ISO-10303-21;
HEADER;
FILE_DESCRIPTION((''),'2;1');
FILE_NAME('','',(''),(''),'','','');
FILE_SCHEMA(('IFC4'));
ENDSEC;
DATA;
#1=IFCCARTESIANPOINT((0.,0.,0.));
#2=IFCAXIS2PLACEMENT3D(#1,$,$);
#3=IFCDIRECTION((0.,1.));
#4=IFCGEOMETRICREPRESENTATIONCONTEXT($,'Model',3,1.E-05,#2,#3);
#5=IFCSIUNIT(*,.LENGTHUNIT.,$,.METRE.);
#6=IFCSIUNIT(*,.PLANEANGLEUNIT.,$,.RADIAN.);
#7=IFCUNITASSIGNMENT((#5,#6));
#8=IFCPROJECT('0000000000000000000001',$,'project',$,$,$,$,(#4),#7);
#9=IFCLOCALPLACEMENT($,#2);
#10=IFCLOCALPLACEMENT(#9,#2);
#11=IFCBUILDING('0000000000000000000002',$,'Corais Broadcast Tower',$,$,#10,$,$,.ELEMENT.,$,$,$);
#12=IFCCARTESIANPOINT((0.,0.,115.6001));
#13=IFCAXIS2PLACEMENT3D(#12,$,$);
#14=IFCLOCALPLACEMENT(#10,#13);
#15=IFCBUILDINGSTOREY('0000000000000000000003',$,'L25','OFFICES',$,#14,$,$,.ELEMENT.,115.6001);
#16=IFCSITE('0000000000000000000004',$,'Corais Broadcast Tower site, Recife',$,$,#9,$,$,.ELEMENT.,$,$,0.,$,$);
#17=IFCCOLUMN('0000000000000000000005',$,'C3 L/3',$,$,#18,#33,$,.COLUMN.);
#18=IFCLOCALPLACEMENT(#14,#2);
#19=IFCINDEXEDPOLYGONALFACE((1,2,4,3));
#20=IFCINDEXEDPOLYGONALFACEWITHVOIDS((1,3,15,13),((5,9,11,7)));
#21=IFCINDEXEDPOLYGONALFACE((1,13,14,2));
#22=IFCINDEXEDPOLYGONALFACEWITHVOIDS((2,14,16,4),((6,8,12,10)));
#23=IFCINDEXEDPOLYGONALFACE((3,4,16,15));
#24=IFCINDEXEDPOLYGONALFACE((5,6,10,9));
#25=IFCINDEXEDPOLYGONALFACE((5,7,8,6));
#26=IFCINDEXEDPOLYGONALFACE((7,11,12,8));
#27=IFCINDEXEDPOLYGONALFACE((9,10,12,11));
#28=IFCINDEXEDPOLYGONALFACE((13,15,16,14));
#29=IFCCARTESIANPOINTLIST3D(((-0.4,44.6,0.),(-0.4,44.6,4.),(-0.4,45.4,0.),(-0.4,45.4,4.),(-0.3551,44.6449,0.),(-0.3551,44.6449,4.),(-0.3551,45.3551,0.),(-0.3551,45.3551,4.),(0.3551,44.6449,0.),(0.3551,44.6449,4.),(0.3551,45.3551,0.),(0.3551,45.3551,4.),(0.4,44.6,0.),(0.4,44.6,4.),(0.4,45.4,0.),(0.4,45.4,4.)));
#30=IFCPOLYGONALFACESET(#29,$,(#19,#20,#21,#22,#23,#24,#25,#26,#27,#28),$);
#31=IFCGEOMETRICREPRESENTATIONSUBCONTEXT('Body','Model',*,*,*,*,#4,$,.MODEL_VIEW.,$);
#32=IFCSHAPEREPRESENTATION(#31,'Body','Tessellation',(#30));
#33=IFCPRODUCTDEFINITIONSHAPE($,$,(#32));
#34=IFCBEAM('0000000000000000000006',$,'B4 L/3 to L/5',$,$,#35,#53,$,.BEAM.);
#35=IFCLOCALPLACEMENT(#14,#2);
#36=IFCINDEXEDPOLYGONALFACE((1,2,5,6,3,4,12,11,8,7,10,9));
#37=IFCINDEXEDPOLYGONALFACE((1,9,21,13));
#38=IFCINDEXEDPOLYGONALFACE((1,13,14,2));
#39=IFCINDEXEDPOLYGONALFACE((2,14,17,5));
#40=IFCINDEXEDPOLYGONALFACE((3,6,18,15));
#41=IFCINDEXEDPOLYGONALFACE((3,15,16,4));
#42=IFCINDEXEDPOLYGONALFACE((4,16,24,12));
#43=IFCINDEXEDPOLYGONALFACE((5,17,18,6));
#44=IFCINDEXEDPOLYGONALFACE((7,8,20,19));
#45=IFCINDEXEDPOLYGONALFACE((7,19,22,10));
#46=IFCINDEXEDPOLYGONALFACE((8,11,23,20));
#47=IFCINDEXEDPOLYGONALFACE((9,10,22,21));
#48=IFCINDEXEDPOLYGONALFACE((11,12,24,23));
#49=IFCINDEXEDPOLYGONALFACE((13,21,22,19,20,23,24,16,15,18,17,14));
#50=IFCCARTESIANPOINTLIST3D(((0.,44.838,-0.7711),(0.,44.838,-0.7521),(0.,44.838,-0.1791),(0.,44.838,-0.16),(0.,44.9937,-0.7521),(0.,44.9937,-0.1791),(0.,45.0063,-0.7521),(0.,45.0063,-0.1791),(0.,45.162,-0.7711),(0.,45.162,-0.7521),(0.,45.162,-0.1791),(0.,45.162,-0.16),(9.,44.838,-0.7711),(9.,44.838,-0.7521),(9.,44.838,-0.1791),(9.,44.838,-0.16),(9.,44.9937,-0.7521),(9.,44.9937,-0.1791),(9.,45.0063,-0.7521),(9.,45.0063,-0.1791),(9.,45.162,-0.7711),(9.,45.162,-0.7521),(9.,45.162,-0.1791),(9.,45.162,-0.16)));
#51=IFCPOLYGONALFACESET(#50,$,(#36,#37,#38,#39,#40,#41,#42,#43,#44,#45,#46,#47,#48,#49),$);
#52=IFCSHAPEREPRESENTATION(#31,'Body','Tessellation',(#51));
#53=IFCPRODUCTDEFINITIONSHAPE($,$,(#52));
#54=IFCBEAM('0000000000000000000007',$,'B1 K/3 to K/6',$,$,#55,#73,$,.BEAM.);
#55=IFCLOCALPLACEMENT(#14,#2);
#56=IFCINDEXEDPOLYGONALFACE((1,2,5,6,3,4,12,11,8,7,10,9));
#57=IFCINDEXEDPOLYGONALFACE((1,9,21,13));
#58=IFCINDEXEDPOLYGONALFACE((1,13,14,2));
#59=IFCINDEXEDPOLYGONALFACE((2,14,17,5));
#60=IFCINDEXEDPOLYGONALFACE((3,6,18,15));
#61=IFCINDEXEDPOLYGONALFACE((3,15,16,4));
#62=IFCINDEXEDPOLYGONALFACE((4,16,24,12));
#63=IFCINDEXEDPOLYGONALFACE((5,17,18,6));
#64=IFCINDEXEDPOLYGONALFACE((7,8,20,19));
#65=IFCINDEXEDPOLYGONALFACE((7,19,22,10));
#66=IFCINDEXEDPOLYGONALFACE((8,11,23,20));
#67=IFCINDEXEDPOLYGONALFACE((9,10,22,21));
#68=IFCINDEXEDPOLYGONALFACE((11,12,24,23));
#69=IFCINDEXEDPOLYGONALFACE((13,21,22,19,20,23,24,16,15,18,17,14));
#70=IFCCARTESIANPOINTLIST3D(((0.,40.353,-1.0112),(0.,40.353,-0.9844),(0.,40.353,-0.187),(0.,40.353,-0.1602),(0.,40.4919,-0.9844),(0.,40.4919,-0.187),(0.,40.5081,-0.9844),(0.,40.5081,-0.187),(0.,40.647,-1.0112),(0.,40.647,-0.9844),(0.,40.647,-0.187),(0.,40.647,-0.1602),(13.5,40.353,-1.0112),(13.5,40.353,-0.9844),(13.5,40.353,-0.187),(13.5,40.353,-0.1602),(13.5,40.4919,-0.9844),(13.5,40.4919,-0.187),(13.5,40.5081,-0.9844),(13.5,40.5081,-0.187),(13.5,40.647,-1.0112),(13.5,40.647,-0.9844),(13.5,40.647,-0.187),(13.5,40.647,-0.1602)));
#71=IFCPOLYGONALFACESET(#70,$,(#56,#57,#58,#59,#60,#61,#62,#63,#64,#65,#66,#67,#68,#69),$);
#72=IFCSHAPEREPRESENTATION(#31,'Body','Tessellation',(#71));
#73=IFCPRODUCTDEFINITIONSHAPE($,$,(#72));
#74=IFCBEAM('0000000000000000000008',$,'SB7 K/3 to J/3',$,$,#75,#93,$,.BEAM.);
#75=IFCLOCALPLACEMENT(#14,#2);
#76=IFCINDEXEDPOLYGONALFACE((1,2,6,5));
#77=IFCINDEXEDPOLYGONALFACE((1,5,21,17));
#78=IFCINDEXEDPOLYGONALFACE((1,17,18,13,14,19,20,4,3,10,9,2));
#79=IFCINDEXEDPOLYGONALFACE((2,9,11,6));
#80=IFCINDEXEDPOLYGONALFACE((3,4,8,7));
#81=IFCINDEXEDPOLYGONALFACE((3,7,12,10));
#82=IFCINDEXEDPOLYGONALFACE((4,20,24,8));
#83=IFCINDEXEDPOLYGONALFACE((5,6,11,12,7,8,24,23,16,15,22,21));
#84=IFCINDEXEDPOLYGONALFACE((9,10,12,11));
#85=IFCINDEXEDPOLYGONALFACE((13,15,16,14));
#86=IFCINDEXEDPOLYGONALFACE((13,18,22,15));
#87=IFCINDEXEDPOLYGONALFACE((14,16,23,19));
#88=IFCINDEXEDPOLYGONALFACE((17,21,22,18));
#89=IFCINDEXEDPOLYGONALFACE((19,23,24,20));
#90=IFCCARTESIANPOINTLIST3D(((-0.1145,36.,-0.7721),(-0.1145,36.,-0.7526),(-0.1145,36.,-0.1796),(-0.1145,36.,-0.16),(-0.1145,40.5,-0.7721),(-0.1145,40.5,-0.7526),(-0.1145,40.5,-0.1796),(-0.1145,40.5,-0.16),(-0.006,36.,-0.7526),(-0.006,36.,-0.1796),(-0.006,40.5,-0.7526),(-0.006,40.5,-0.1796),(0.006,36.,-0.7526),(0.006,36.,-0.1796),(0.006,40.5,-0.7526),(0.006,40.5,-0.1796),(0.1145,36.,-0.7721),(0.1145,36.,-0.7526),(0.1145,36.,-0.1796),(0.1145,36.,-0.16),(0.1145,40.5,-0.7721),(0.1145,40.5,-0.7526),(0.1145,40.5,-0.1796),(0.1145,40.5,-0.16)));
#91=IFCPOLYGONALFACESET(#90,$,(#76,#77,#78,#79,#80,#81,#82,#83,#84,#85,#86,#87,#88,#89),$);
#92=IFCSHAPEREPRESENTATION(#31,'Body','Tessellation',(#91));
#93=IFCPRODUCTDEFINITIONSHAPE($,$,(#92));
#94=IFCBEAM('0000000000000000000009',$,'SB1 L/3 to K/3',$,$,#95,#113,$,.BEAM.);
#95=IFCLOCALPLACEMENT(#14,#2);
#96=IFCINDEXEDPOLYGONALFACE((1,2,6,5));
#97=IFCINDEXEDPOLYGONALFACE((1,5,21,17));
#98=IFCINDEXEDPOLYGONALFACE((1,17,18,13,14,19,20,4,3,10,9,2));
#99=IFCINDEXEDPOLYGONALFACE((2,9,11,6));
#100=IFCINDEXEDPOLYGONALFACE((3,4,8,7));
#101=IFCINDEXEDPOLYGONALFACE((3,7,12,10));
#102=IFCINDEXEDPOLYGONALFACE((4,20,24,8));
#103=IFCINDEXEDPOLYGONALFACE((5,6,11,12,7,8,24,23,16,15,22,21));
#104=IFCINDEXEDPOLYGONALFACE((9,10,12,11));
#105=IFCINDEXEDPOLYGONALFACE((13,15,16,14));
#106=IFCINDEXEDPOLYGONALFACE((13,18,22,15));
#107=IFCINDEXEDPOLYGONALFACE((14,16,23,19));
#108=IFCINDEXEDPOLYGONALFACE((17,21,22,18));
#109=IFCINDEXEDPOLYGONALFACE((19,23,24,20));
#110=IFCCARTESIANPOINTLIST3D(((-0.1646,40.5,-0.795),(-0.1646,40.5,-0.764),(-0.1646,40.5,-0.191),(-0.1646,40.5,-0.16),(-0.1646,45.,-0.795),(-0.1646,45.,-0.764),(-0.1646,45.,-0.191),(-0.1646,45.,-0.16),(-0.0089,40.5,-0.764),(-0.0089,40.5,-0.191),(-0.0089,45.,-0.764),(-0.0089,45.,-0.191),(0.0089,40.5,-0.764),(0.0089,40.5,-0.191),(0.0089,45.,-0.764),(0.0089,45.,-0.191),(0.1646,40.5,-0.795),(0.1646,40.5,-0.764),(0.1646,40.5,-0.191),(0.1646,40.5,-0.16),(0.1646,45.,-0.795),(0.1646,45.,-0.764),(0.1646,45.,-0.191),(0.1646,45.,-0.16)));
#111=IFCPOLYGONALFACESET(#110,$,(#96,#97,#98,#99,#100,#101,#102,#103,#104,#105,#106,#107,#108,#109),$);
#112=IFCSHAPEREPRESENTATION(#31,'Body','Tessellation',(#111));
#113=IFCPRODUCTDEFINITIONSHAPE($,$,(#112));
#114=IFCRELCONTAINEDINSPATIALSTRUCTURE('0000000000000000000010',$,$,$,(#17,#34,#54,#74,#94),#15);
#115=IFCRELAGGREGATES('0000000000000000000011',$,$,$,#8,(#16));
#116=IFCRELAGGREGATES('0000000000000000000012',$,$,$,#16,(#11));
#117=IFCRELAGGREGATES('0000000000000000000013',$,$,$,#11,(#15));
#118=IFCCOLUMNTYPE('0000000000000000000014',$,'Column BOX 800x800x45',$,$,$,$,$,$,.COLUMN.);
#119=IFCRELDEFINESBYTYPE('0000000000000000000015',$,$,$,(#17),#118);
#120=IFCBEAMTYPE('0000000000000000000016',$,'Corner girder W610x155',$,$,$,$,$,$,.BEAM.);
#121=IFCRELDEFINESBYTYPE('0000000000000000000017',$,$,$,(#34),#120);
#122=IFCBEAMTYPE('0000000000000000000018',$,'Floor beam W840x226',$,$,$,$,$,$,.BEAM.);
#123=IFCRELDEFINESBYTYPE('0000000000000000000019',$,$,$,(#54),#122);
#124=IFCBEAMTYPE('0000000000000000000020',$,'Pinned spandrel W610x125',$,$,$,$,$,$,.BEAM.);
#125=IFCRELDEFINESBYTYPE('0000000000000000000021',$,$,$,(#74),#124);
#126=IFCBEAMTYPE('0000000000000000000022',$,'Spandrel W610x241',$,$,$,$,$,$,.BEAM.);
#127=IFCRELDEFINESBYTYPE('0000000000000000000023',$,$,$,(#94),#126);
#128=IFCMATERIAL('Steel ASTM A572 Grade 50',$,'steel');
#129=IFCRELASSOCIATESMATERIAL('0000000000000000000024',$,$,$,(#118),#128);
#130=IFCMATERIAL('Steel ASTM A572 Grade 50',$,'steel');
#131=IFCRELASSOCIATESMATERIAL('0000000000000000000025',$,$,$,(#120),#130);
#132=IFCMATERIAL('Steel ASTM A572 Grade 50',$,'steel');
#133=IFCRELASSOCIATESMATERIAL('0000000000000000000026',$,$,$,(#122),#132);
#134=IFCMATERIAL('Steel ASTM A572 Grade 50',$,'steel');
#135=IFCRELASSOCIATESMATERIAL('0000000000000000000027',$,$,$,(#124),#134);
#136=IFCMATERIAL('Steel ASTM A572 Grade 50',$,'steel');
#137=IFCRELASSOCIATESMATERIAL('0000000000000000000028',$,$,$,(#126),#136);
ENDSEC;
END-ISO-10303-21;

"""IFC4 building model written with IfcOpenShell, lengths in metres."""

from ifc_helpers import new_model, si_unit, direction, frame, origin, origin_2d, place, context, subcontext, project, spatial, hollow_rectangle, i_section, extrude, material, material_profile, profile_set, type_object, element, save


model = new_model("IFC4")

# Units and contexts
model_context = context("Model", 3, precision=1e-05, world=origin(), true_north=direction((0.0, 1.0)))
body_context = subcontext(model_context, "Body", "Model", "MODEL_VIEW")
ifc_project = project(units=[si_unit("LENGTHUNIT", "METRE"), si_unit("PLANEANGLEUNIT", "RADIAN")], contexts=[model_context])

# Site, building, storey
site_placement = place(None, origin())
site = spatial("IfcSite", under=ifc_project, at=site_placement, Name="Corais Broadcast Tower site, Recife", CompositionType="ELEMENT", RefElevation=0.0)
building_placement = place(site_placement, origin())
building = spatial("IfcBuilding", under=site, at=building_placement, Name="Corais Broadcast Tower", CompositionType="ELEMENT")
storey_placement = place(building_placement, frame((0.0, 0.0, 115.6001)))
storey = spatial("IfcBuildingStorey", under=building, at=storey_placement, Name="L25", Description="OFFICES", CompositionType="ELEMENT", Elevation=115.6001)

# Column
ifc_material_1 = material(Name="Steel ASTM A572 Grade 50", Category="steel")
ifc_material_profile_1 = material_profile(ifc_material_1, hollow_rectangle(XDim=0.8, YDim=0.8, WallThickness=0.0449, at=origin_2d()), Name="BOX 800x800x45")
ifc_profile_set_1 = profile_set([ifc_material_profile_1], Name="Steel ASTM A572 Grade 50")
column_type = type_object("IfcColumnType", Name="Column BOX 800x800x45", PredefinedType="COLUMN", material=ifc_profile_set_1)
column_placement = place(storey_placement, frame((0.0, 45.0, 0.0), z_axis=(0.0, 0.0, 1.0), x_axis=(1.0, 0.0, 0.0)))
element("IfcColumn", 1, at=column_placement, inside=storey, type_object=column_type, Name="C3 L/3", PredefinedType="COLUMN", context=body_context, shape_type="SweptSolid", body=[
    extrude(hollow_rectangle(XDim=0.8, YDim=0.8, WallThickness=0.0449, at=origin_2d()), origin(), (0.0, 0.0, 1.0), 4.0),
])

# Beams
ifc_material_2 = material(Name="Steel ASTM A572 Grade 50", Category="steel")
ifc_material_profile_2 = material_profile(ifc_material_2, i_section(OverallWidth=0.324, OverallDepth=0.6111, WebThickness=0.0127, FlangeThickness=0.019, at=origin_2d()), Name="W610x155")
ifc_profile_set_2 = profile_set([ifc_material_profile_2], Name="Steel ASTM A572 Grade 50")
beam_type_1 = type_object("IfcBeamType", Name="Corner girder W610x155", PredefinedType="BEAM", material=ifc_profile_set_2)
beam_1_placement = place(storey_placement, frame((0.0, 45.0, -0.4656), z_axis=(1.0, 0.0, 0.0), x_axis=(0.0, 1.0, 0.0)))
element("IfcBeam", 2, at=beam_1_placement, inside=storey, type_object=beam_type_1, Name="B4 L/3 to L/5", PredefinedType="BEAM", context=body_context, shape_type="SweptSolid", body=[
    extrude(i_section(OverallWidth=0.324, OverallDepth=0.6111, WebThickness=0.0127, FlangeThickness=0.019, at=origin_2d()), origin(), (0.0, 0.0, 1.0), 9.0),
])
ifc_material_3 = material(Name="Steel ASTM A572 Grade 50", Category="steel")
ifc_material_profile_3 = material_profile(ifc_material_3, i_section(OverallWidth=0.2939, OverallDepth=0.8511, WebThickness=0.0161, FlangeThickness=0.0269, at=origin_2d()), Name="W840x226")
ifc_profile_set_3 = profile_set([ifc_material_profile_3], Name="Steel ASTM A572 Grade 50")
beam_type_2 = type_object("IfcBeamType", Name="Floor beam W840x226", PredefinedType="BEAM", material=ifc_profile_set_3)
beam_2_placement = place(storey_placement, frame((0.0, 40.5, -0.5857), z_axis=(1.0, 0.0, 0.0), x_axis=(0.0, 1.0, 0.0)))
element("IfcBeam", 3, at=beam_2_placement, inside=storey, type_object=beam_type_2, Name="B1 K/3 to K/6", PredefinedType="BEAM", context=body_context, shape_type="SweptSolid", body=[
    extrude(i_section(OverallWidth=0.2939, OverallDepth=0.8511, WebThickness=0.0161, FlangeThickness=0.0269, at=origin_2d()), origin(), (0.0, 0.0, 1.0), 13.5),
])
ifc_material_4 = material(Name="Steel ASTM A572 Grade 50", Category="steel")
ifc_material_profile_4 = material_profile(ifc_material_4, i_section(OverallWidth=0.229, OverallDepth=0.6121, WebThickness=0.012, FlangeThickness=0.0195, at=origin_2d()), Name="W610x125")
ifc_profile_set_4 = profile_set([ifc_material_profile_4], Name="Steel ASTM A572 Grade 50")
beam_type_3 = type_object("IfcBeamType", Name="Pinned spandrel W610x125", PredefinedType="BEAM", material=ifc_profile_set_4)
beam_3_placement = place(storey_placement, frame((0.0, 40.5, -0.4661), z_axis=(0.0, -1.0, 0.0), x_axis=(1.0, 0.0, 0.0)))
element("IfcBeam", 4, at=beam_3_placement, inside=storey, type_object=beam_type_3, Name="SB7 K/3 to J/3", PredefinedType="BEAM", context=body_context, shape_type="SweptSolid", body=[
    extrude(i_section(OverallWidth=0.229, OverallDepth=0.6121, WebThickness=0.012, FlangeThickness=0.0195, at=origin_2d()), origin(), (0.0, 0.0, 1.0), 4.5),
])
ifc_material_5 = material(Name="Steel ASTM A572 Grade 50", Category="steel")
ifc_material_profile_5 = material_profile(ifc_material_5, i_section(OverallWidth=0.3291, OverallDepth=0.635, WebThickness=0.0178, FlangeThickness=0.031, at=origin_2d()), Name="W610x241")
ifc_profile_set_5 = profile_set([ifc_material_profile_5], Name="Steel ASTM A572 Grade 50")
beam_type_4 = type_object("IfcBeamType", Name="Spandrel W610x241", PredefinedType="BEAM", material=ifc_profile_set_5)
beam_4_placement = place(storey_placement, frame((0.0, 45.0, -0.4775), z_axis=(0.0, -1.0, 0.0), x_axis=(1.0, 0.0, 0.0)))
element("IfcBeam", 5, at=beam_4_placement, inside=storey, type_object=beam_type_4, Name="SB1 L/3 to K/3", PredefinedType="BEAM", context=body_context, shape_type="SweptSolid", body=[
    extrude(i_section(OverallWidth=0.3291, OverallDepth=0.635, WebThickness=0.0178, FlangeThickness=0.031, at=origin_2d()), origin(), (0.0, 0.0, 1.0), 4.5),
])

save(model, "model.ifc")
